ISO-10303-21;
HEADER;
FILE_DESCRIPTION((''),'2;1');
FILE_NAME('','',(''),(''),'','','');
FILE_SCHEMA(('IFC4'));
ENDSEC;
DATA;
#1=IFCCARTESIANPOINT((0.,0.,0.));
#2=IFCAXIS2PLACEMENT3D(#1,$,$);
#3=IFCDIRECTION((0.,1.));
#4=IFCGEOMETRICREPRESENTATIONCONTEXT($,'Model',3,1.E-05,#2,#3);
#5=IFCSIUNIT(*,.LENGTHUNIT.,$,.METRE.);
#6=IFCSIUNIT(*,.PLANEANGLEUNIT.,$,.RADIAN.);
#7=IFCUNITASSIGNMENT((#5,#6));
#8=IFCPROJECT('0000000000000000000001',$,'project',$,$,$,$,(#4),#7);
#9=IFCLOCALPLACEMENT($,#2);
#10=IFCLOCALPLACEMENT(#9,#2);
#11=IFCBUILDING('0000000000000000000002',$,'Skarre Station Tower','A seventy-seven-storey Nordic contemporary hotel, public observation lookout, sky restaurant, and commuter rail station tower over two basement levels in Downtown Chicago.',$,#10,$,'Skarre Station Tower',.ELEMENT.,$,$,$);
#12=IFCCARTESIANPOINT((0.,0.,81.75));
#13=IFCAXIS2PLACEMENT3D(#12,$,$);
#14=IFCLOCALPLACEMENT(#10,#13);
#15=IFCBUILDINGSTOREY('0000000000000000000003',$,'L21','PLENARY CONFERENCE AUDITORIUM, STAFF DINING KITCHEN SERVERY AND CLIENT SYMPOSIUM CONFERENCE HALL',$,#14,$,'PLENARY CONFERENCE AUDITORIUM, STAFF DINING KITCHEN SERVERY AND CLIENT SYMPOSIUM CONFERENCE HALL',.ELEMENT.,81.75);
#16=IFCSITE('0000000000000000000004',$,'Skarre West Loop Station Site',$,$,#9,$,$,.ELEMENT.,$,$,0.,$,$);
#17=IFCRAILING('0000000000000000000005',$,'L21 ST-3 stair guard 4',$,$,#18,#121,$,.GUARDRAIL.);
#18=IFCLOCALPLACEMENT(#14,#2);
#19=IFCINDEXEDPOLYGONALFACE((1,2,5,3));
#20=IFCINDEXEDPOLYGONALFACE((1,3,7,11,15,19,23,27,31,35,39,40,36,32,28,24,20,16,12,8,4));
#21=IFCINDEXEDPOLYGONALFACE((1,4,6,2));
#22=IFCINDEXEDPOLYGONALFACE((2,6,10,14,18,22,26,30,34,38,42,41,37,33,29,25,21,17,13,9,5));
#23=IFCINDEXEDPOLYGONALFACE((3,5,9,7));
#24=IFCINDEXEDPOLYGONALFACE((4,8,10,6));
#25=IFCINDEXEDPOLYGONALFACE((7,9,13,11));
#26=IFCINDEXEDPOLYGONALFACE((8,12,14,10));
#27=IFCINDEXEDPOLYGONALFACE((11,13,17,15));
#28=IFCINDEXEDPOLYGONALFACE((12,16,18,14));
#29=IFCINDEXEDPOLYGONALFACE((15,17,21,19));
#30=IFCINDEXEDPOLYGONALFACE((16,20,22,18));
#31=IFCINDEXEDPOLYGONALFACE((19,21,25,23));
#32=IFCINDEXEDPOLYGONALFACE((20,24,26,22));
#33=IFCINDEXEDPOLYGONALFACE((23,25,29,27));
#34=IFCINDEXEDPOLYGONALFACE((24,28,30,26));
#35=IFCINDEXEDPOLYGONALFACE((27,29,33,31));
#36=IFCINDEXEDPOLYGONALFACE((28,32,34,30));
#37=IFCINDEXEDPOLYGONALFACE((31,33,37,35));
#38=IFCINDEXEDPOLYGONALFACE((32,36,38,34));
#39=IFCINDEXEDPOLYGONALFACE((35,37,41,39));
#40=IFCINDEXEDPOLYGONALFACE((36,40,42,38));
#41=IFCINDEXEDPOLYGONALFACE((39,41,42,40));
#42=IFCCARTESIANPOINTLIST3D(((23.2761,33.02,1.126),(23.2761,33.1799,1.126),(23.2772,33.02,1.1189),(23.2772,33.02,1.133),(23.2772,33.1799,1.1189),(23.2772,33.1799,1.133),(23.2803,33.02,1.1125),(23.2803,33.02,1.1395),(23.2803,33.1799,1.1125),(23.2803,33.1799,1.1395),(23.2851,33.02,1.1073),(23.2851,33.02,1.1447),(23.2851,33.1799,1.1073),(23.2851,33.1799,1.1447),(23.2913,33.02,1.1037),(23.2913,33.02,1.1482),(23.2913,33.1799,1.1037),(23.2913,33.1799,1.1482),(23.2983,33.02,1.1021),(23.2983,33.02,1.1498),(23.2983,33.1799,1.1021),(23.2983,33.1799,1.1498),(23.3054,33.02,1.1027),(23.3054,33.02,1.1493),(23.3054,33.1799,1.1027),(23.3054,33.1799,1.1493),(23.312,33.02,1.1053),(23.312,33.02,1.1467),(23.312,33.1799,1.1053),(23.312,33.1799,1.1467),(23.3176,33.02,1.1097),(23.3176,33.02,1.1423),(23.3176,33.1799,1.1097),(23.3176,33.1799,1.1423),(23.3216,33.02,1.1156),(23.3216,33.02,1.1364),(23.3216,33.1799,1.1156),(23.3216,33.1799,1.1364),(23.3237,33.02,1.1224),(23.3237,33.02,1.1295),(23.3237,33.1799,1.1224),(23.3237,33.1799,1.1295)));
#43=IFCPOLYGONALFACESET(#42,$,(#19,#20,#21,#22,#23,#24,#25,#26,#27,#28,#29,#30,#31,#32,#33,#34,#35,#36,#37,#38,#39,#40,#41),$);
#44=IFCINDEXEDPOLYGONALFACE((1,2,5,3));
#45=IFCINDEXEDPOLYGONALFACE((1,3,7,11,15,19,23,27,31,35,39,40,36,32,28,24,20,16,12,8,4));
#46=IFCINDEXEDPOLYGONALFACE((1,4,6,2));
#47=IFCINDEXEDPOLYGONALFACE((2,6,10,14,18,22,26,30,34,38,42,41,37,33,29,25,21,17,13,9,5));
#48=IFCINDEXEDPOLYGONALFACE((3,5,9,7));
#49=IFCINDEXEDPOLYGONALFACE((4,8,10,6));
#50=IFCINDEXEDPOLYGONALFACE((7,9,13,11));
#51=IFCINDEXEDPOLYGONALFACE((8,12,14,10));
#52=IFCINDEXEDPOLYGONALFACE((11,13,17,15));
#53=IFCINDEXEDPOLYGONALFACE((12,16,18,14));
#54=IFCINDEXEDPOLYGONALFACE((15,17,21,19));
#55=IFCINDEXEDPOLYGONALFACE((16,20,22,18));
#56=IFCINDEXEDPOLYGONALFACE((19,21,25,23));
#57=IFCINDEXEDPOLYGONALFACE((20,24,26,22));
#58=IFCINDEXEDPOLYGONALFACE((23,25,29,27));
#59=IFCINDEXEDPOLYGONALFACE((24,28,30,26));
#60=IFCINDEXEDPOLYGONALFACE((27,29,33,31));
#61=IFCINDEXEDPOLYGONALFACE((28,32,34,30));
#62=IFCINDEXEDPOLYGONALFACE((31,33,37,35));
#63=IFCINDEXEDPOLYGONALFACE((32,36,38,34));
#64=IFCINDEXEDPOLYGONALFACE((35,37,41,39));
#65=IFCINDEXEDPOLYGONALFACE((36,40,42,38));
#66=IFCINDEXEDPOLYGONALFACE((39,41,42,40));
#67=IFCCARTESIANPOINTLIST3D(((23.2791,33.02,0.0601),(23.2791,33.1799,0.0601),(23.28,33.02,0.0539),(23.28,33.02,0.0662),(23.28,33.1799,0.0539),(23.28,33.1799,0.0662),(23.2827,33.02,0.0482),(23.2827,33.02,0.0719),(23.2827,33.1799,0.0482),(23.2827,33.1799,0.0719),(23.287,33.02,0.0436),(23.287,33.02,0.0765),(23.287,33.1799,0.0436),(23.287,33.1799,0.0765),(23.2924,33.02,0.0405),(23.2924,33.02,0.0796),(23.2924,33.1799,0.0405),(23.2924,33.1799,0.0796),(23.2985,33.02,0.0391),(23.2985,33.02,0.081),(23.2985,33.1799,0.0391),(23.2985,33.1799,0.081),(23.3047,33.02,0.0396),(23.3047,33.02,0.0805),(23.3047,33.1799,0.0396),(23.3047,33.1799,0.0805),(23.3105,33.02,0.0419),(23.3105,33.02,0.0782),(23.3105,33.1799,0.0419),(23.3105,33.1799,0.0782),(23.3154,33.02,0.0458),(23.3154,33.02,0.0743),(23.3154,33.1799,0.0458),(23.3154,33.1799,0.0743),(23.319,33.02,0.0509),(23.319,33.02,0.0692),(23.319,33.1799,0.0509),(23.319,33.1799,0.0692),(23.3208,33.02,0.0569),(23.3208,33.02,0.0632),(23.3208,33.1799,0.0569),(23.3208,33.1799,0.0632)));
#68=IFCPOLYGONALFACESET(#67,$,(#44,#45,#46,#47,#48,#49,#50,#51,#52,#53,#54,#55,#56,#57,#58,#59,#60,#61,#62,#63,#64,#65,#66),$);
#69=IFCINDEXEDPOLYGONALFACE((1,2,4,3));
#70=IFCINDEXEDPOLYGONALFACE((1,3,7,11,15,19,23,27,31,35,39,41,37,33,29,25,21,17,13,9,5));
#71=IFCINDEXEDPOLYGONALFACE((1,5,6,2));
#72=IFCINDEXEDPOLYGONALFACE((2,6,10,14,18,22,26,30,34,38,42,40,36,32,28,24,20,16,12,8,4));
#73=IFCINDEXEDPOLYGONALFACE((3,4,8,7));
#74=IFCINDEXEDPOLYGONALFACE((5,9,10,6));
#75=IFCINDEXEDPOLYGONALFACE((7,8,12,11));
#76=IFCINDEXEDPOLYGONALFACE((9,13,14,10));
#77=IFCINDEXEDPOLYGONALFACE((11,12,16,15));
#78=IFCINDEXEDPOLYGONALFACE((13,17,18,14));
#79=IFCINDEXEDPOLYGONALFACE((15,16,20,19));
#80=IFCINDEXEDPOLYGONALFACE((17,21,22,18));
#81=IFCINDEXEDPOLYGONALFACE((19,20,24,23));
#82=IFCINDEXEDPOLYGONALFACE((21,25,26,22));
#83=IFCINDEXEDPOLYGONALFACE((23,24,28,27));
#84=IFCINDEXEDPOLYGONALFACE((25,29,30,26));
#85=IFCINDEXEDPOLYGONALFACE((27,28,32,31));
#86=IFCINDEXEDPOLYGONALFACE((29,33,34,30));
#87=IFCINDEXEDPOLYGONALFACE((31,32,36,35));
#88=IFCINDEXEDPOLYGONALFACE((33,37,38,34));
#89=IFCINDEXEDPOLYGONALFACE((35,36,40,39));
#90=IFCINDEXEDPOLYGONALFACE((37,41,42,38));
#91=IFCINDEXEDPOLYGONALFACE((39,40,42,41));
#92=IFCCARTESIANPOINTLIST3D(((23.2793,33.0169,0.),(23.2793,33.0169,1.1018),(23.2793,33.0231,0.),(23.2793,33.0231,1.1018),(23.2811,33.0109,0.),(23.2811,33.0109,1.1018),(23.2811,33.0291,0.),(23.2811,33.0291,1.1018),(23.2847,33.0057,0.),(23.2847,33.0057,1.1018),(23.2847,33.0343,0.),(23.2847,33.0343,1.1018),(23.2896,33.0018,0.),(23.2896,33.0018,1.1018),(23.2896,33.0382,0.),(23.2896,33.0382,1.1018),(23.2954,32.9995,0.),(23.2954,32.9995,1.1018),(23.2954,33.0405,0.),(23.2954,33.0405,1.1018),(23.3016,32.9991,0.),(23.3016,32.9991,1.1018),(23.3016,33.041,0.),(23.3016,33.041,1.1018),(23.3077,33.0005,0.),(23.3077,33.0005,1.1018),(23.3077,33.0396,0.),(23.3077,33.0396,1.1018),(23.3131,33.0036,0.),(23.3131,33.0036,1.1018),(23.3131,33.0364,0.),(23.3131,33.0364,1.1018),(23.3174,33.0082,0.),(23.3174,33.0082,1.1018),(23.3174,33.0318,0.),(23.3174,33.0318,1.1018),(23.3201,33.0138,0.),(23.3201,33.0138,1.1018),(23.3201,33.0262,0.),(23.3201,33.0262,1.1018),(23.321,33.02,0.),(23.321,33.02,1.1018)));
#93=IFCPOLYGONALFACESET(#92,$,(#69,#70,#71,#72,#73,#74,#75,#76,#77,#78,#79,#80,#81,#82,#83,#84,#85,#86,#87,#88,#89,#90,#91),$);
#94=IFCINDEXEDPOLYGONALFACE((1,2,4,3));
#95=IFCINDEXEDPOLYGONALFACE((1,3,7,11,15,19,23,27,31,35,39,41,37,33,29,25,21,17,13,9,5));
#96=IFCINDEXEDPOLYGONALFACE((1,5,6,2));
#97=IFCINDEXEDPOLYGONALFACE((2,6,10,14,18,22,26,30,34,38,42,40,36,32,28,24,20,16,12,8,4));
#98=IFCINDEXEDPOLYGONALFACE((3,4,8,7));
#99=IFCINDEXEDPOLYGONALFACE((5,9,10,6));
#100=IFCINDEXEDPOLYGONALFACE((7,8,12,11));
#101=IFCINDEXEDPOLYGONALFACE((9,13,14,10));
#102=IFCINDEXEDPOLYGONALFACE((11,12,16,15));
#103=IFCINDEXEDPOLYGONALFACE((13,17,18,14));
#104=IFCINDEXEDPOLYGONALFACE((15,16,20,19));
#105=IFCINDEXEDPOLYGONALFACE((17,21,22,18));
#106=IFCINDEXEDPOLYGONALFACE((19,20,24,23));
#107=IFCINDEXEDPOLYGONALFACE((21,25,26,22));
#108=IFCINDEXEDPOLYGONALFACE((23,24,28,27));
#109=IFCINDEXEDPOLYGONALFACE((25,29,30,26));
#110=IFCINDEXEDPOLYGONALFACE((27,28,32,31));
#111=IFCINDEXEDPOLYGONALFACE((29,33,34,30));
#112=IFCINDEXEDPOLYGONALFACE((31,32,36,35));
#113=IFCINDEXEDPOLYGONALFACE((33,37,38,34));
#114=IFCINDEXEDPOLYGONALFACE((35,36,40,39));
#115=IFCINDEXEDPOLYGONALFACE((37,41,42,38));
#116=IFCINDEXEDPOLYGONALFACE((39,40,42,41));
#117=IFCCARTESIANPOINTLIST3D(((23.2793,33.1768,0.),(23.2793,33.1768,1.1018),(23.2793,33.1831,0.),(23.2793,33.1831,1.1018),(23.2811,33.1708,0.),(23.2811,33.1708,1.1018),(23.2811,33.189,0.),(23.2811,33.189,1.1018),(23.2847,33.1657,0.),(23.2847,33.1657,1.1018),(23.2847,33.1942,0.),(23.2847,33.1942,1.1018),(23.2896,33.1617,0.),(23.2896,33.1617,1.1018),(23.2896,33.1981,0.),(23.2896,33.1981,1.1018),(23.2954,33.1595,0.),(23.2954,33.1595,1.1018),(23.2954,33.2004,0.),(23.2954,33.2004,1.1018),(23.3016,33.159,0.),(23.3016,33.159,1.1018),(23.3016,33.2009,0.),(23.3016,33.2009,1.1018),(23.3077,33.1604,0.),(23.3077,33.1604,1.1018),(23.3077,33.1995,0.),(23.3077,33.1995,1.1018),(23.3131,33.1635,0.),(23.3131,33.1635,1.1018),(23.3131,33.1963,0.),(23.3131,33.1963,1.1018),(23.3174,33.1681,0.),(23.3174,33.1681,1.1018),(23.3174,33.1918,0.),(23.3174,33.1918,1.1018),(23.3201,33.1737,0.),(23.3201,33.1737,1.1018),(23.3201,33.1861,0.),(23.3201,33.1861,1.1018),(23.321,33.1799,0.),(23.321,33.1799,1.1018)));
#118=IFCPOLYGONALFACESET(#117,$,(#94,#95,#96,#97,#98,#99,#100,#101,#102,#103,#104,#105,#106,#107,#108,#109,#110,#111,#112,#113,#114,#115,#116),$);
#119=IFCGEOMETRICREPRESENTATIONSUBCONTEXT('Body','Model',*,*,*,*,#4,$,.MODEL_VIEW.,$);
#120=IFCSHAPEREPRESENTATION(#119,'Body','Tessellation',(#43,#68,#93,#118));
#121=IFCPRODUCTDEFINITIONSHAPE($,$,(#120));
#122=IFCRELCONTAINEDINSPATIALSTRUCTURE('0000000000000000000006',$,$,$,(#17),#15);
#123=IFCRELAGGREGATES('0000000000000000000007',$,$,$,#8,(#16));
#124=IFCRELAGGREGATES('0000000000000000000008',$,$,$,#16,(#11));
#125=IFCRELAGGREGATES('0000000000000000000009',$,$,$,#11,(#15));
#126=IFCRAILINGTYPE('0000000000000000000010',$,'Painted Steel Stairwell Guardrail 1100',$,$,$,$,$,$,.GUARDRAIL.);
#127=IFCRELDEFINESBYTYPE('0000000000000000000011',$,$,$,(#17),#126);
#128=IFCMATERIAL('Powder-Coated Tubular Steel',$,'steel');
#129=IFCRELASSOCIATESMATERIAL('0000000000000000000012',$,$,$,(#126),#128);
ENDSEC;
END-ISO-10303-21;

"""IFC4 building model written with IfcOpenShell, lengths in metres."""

from ifc_helpers import new_model, si_unit, direction, frame, origin, origin_2d, place, context, subcontext, project, spatial, circle, extrude, material, type_object, element, save


model = new_model("IFC4")

# Units and contexts
model_context = context("Model", 3, precision=1e-05, world=origin(), true_north=direction((0.0, 1.0)))
body_context = subcontext(model_context, "Body", "Model", "MODEL_VIEW")
ifc_project = project(units=[si_unit("LENGTHUNIT", "METRE"), si_unit("PLANEANGLEUNIT", "RADIAN")], contexts=[model_context])

# Site, building, storey
site_placement = place(None, origin())
site = spatial("IfcSite", under=ifc_project, at=site_placement, Name="Skarre West Loop Station Site", CompositionType="ELEMENT", RefElevation=0.0)
building_placement = place(site_placement, origin())
building = spatial("IfcBuilding", under=site, at=building_placement, Name="Skarre Station Tower", Description="A seventy-seven-storey Nordic contemporary hotel, public observation lookout, sky restaurant, and commuter rail station tower over two basement levels in Downtown Chicago.", LongName="Skarre Station Tower", CompositionType="ELEMENT")
storey_placement = place(building_placement, frame((0.0, 0.0, 81.75)))
storey = spatial("IfcBuildingStorey", under=building, at=storey_placement, Name="L21", Description="PLENARY CONFERENCE AUDITORIUM, STAFF DINING KITCHEN SERVERY AND CLIENT SYMPOSIUM CONFERENCE HALL", LongName="PLENARY CONFERENCE AUDITORIUM, STAFF DINING KITCHEN SERVERY AND CLIENT SYMPOSIUM CONFERENCE HALL", CompositionType="ELEMENT", Elevation=81.75)

# Railing
ifc_material_1 = material(Name="Powder-Coated Tubular Steel", Category="steel")
railing_type_1 = type_object("IfcRailingType", Name="Painted Steel Stairwell Guardrail 1100", PredefinedType="GUARDRAIL", material=ifc_material_1)
railing_1_placement = place(storey_placement, frame((23.3, 33.02, 0.0)))
element("IfcRailing", 1, at=railing_1_placement, inside=storey, type_object=railing_type_1, Name="L21 ST-3 stair guard 4", PredefinedType="GUARDRAIL", context=body_context, shape_type="SweptSolid", body=[
    extrude(circle(Radius=0.0239, at=origin_2d()), frame((0.0, 0.0, 1.126), z_axis=(0.0, 1.0, 0.0), x_axis=(-1.0, 0.0, 0.0)), (0.0, 0.0, 1.0), 0.1599),
    extrude(circle(Radius=0.021, at=origin_2d()), frame((0.0, 0.0, 0.0601), z_axis=(0.0, 1.0, 0.0), x_axis=(-1.0, 0.0, 0.0)), (0.0, 0.0, 1.0), 0.1599),
    extrude(circle(Radius=0.021, at=origin_2d()), origin(), (0.0, 0.0, 1.0), 1.1018),
    extrude(circle(Radius=0.021, at=origin_2d()), frame((0.0, 0.1599, 0.0)), (0.0, 0.0, 1.0), 1.1018),
])

save(model, "model.ifc")
